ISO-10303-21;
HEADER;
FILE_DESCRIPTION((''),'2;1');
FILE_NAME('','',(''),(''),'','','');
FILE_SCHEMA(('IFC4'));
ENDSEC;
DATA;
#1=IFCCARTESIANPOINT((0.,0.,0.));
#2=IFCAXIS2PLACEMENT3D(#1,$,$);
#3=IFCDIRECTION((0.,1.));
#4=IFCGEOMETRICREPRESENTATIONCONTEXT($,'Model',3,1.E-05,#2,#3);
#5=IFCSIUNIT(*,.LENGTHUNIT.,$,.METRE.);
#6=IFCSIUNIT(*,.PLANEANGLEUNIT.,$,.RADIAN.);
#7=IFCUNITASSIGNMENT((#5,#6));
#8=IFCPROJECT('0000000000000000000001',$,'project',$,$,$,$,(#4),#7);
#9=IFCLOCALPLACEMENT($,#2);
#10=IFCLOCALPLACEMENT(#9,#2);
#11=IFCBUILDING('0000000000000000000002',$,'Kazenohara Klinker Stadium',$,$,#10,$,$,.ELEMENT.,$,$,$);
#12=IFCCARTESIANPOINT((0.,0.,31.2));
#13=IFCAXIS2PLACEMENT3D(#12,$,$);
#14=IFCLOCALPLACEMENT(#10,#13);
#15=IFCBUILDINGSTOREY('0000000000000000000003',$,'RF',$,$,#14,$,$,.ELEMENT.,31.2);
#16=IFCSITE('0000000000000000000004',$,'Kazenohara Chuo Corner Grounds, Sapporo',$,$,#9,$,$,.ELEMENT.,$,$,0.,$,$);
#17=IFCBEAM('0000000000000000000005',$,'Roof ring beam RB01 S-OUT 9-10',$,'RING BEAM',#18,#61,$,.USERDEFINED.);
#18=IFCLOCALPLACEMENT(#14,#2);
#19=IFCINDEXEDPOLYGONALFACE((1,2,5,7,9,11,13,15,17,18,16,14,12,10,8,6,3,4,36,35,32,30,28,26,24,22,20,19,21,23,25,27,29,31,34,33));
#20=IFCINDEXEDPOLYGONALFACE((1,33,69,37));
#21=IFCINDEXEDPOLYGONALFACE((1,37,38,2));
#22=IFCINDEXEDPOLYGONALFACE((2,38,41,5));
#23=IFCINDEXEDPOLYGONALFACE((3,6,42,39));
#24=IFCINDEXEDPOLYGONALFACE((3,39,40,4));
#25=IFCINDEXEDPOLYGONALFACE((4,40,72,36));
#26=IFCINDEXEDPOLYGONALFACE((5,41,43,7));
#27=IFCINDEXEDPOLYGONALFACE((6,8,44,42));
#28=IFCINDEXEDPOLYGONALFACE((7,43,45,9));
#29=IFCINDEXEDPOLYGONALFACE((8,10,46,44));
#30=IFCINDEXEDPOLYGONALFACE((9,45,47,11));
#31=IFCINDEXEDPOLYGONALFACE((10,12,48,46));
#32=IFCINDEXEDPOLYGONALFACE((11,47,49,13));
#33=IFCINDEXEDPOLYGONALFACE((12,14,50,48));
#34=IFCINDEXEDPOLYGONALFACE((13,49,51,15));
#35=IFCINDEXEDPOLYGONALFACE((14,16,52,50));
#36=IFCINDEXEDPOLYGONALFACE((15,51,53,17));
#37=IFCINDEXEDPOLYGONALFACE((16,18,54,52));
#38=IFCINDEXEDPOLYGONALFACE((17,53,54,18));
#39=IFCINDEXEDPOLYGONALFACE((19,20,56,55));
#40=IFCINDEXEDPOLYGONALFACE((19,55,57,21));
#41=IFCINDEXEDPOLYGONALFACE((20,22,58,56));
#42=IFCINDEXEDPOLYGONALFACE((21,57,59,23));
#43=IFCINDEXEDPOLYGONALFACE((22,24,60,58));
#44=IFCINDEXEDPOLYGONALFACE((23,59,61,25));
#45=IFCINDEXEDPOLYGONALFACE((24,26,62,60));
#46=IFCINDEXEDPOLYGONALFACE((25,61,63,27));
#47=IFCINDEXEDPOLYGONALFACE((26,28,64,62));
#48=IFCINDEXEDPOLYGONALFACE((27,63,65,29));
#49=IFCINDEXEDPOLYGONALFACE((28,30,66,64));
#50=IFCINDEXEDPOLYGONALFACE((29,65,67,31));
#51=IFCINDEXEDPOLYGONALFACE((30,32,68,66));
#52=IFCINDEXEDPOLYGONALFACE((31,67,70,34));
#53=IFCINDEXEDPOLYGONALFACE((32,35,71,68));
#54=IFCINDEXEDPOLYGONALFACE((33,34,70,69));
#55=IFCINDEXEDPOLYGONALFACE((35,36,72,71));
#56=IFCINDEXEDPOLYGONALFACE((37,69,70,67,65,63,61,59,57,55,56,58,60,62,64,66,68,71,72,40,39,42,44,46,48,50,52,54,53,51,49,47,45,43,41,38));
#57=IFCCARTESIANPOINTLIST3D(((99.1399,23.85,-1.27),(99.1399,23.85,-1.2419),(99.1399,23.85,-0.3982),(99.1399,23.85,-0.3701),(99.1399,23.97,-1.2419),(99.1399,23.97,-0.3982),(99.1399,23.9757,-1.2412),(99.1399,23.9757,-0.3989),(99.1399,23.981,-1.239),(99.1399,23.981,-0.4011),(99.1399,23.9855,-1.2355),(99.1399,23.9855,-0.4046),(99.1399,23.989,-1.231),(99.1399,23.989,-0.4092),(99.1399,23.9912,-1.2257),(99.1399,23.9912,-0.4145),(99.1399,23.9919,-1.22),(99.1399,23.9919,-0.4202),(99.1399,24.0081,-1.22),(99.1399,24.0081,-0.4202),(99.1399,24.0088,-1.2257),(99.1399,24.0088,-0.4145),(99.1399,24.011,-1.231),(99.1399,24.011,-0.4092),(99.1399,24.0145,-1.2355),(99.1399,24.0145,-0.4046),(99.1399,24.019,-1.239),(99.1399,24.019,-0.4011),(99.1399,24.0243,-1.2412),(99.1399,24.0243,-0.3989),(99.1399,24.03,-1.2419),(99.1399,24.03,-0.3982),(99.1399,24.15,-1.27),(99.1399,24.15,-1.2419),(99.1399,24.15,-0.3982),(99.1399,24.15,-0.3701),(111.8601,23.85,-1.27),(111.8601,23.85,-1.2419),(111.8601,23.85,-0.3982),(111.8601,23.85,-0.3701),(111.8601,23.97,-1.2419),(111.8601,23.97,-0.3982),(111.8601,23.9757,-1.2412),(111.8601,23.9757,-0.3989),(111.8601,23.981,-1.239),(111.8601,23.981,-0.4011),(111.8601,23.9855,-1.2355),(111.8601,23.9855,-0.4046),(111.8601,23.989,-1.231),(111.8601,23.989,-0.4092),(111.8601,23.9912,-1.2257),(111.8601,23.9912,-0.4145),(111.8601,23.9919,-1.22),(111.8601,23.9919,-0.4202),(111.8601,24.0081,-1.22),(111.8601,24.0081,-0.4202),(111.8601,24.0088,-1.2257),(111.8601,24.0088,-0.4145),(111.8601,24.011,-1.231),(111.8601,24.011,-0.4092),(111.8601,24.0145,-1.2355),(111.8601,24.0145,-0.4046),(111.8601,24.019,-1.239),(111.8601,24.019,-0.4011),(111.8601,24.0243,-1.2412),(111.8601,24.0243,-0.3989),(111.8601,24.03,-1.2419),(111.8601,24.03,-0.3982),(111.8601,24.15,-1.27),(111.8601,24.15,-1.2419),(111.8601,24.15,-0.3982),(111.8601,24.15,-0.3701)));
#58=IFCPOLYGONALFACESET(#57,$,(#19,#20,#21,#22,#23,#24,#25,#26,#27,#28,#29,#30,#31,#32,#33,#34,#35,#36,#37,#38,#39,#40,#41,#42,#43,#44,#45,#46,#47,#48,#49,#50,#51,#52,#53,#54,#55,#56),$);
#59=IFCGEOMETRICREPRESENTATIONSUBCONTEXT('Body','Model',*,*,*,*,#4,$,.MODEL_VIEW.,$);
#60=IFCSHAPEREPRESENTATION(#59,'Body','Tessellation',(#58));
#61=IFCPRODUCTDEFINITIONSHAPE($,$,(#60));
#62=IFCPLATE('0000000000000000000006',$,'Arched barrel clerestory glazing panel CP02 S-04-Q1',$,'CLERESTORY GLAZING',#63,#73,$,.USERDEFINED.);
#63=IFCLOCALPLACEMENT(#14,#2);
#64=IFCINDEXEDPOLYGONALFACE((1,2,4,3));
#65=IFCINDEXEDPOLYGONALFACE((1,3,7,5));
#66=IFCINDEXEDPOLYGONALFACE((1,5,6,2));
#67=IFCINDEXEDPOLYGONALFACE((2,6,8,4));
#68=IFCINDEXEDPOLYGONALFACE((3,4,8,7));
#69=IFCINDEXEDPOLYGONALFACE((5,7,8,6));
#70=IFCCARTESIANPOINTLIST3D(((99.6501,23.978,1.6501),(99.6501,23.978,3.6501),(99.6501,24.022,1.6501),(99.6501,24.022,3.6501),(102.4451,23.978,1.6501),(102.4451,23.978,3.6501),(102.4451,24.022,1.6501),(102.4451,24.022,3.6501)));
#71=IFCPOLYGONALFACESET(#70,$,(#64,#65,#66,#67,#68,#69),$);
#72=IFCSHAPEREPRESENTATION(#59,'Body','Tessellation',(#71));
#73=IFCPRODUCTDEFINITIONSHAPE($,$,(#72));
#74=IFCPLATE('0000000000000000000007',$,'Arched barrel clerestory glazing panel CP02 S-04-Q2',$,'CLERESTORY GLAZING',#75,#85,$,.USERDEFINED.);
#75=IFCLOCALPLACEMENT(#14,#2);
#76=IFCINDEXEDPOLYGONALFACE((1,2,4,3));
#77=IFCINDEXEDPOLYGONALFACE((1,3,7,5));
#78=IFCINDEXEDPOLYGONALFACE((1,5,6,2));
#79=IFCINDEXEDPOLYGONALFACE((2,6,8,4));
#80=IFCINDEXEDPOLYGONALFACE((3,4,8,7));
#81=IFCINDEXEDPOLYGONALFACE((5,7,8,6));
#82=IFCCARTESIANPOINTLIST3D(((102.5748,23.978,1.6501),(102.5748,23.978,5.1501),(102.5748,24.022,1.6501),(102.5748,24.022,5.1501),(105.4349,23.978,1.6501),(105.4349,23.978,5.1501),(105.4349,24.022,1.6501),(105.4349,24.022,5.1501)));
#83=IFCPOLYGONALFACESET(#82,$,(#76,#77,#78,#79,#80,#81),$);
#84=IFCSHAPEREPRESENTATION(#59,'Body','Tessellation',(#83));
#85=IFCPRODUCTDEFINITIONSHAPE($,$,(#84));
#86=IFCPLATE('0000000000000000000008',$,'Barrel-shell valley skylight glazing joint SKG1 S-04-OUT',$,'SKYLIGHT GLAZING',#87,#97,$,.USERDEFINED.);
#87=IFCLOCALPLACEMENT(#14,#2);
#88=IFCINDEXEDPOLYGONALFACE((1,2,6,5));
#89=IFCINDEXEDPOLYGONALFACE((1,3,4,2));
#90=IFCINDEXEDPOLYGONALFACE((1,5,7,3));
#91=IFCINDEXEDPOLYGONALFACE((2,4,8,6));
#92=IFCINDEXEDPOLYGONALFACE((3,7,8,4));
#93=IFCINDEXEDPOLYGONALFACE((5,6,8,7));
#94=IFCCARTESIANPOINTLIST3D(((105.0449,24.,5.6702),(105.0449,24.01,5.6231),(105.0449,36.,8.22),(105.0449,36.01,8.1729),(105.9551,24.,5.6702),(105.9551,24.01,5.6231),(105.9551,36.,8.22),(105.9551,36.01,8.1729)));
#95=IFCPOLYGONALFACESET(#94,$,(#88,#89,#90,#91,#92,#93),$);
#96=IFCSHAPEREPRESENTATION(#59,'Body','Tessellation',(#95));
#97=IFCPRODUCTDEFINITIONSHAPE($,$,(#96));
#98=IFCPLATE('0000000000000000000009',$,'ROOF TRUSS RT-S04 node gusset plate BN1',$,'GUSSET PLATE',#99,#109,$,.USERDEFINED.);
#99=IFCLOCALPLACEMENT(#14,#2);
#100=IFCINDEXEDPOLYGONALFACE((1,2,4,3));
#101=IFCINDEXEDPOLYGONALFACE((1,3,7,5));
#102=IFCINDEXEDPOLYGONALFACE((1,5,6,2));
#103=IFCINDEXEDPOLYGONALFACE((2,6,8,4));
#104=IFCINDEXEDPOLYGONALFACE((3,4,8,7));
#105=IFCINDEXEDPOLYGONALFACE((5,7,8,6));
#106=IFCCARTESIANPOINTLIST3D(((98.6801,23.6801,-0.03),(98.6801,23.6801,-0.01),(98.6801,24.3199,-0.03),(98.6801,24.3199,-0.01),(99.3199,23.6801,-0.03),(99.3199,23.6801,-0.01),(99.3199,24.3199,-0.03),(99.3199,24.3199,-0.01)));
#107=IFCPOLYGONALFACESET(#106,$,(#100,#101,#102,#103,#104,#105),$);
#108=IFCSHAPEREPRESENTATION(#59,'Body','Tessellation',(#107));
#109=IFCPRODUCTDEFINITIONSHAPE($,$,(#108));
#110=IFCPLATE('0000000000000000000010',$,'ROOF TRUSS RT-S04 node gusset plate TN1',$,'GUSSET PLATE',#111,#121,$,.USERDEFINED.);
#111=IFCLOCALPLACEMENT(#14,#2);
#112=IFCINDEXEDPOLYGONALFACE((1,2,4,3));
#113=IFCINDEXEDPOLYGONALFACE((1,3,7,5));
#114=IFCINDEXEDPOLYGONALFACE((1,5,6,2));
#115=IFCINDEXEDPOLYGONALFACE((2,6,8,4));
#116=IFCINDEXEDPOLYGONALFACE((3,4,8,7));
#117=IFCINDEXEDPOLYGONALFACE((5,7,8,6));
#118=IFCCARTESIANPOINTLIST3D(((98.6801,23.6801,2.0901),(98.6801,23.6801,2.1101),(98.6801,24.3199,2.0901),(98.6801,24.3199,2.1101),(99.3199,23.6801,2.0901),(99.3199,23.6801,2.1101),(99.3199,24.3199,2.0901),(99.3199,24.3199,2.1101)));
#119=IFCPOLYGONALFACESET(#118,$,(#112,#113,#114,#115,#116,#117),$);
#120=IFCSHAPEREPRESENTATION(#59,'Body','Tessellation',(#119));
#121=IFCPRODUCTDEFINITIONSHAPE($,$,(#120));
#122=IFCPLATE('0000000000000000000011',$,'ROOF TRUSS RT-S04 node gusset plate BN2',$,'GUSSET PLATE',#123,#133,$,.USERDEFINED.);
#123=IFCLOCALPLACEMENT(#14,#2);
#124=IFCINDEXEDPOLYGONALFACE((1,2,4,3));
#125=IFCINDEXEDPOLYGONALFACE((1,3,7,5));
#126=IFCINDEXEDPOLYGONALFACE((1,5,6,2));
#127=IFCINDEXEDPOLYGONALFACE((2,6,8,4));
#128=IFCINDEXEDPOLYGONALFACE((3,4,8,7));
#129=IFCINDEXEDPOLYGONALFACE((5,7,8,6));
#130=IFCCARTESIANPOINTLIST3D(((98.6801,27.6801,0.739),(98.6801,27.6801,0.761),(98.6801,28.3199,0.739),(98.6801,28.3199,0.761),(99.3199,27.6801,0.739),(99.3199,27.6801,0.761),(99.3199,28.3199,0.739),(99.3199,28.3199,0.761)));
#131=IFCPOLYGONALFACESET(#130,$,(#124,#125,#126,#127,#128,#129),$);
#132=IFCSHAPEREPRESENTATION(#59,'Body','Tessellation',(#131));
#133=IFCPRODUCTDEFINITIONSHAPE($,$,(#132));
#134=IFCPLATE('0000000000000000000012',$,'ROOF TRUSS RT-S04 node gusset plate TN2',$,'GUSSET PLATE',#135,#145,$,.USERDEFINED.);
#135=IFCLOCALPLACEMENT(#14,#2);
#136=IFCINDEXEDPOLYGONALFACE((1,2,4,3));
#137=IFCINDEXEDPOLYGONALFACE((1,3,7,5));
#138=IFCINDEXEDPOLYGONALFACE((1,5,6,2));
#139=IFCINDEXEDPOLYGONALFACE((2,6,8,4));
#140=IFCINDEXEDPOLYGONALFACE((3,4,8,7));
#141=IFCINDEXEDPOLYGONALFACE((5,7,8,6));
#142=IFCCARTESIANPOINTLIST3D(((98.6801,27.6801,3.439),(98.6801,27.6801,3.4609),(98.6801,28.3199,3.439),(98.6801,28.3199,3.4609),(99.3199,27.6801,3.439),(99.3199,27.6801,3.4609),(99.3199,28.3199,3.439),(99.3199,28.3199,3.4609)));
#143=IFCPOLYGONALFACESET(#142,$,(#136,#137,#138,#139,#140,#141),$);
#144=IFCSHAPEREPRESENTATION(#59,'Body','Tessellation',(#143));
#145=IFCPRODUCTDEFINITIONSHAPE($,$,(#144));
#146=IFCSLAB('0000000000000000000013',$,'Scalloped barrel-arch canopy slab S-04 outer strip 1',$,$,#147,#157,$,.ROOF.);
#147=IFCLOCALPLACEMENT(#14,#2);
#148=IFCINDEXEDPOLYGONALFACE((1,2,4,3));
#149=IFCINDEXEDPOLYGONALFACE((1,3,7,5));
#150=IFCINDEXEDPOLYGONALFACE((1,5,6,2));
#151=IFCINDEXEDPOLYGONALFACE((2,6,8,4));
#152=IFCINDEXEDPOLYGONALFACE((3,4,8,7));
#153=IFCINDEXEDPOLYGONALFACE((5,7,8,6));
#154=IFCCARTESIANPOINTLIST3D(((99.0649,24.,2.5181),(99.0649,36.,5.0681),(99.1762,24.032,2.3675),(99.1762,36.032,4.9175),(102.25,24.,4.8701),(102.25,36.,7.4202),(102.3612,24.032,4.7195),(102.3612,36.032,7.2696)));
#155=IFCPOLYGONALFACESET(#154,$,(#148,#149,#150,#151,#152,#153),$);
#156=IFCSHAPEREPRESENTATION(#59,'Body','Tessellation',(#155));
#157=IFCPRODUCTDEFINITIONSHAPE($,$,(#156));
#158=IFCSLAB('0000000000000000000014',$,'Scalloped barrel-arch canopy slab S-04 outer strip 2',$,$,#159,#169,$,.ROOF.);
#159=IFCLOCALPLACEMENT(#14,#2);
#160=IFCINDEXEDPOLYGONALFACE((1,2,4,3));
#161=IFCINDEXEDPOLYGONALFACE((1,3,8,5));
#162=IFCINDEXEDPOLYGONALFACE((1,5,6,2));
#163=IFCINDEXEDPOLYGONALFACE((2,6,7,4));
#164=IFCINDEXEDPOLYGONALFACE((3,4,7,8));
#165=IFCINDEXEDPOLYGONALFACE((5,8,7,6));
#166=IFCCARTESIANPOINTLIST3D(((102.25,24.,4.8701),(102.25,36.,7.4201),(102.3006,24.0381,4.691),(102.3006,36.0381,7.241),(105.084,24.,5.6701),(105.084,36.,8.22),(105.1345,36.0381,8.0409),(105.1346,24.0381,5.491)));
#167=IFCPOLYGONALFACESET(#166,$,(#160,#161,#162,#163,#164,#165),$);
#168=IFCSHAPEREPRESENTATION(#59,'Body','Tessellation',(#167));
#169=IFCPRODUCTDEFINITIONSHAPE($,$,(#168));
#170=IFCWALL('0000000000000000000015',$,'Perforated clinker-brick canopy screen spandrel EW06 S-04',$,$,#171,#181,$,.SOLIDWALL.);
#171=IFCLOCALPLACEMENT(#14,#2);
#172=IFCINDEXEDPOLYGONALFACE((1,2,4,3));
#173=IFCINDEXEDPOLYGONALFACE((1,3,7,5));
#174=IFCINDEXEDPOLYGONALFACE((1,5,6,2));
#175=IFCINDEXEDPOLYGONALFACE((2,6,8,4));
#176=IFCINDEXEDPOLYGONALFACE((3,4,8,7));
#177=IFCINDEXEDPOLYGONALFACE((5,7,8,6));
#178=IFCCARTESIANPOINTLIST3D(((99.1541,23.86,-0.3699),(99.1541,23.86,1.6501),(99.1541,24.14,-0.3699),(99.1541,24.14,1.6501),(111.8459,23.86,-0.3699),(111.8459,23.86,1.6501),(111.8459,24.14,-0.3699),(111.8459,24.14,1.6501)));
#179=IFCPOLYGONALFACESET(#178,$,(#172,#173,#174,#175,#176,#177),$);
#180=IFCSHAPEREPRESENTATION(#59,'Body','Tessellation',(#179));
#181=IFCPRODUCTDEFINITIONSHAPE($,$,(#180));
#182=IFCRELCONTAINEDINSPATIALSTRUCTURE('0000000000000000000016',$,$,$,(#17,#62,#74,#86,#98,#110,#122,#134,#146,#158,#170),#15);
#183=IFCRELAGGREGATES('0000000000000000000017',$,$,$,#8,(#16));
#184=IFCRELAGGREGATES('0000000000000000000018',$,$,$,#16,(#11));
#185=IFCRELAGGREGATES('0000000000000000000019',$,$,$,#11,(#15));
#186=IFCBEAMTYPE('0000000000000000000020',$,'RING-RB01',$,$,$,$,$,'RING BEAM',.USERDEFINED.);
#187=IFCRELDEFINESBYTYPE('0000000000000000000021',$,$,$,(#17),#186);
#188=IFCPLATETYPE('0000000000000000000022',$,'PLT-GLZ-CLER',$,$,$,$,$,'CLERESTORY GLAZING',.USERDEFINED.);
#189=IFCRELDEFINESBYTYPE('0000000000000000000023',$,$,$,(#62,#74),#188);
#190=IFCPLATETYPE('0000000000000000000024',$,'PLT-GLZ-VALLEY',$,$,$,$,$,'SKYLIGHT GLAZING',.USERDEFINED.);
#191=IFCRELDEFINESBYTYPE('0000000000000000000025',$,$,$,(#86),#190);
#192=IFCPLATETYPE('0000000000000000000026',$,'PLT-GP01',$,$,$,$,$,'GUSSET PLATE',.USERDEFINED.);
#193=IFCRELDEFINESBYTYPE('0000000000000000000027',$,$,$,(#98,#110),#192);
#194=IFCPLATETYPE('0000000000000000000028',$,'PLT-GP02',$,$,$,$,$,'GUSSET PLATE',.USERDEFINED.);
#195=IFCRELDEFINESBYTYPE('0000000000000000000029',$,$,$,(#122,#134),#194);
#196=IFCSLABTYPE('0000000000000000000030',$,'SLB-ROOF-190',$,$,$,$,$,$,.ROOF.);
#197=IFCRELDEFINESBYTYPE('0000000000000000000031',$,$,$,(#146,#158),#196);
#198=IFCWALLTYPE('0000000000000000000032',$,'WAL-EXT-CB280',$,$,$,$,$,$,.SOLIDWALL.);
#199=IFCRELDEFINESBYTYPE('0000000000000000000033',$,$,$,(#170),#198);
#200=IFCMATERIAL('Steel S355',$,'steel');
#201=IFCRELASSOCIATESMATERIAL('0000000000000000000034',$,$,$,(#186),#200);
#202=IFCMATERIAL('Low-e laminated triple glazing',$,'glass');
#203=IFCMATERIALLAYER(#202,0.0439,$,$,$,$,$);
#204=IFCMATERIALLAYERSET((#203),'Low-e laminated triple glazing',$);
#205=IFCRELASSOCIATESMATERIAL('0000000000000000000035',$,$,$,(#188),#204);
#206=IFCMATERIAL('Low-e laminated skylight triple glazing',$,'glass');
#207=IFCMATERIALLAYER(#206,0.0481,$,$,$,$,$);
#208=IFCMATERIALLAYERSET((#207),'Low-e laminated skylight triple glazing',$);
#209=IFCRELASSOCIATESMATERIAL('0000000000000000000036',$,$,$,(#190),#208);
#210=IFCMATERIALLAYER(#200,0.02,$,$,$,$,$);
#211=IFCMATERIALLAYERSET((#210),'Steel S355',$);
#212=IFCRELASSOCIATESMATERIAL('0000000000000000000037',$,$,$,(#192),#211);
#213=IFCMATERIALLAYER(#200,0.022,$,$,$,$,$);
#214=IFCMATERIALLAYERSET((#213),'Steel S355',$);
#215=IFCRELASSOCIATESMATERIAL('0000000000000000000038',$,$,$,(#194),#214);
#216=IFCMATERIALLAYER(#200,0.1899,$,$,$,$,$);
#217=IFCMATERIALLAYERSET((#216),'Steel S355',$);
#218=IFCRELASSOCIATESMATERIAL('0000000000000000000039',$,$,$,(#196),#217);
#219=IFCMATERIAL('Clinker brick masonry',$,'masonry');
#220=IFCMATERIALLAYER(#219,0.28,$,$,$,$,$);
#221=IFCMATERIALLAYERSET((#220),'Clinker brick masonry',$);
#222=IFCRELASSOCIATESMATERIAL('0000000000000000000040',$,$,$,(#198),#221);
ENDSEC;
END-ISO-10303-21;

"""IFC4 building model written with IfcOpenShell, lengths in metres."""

from ifc_helpers import new_model, si_unit, direction, frame, frame_2d, origin, origin_2d, place, context, subcontext, project, spatial, polyline, rectangle, i_section, outline, extrude, material, layer, layer_set, material_profile, profile_set, type_object, element, save


model = new_model("IFC4")

# Units and contexts
model_context = context("Model", 3, precision=1e-05, world=origin(), true_north=direction((0.0, 1.0)))
body_context = subcontext(model_context, "Body", "Model", "MODEL_VIEW")
ifc_project = project(units=[si_unit("LENGTHUNIT", "METRE"), si_unit("PLANEANGLEUNIT", "RADIAN")], contexts=[model_context])

# Site, building, storey
site_placement = place(None, origin())
site = spatial("IfcSite", under=ifc_project, at=site_placement, Name="Kazenohara Chuo Corner Grounds, Sapporo", CompositionType="ELEMENT", RefElevation=0.0)
building_placement = place(site_placement, origin())
building = spatial("IfcBuilding", under=site, at=building_placement, Name="Kazenohara Klinker Stadium", CompositionType="ELEMENT")
storey_placement = place(building_placement, frame((0.0, 0.0, 31.2)))
storey = spatial("IfcBuildingStorey", under=building, at=storey_placement, Name="RF", CompositionType="ELEMENT", Elevation=31.2)

# Shared definitions
ifc_material_1 = material(Name="Steel S355", Category="steel")

# Beam
ifc_material_profile_1 = material_profile(ifc_material_1, i_section(OverallWidth=0.3, OverallDepth=0.8999, WebThickness=0.0161, FlangeThickness=0.0281, FilletRadius=0.022, at=origin_2d()), Name="H-900x300x16x28")
ifc_profile_set_1 = profile_set([ifc_material_profile_1], Name="Steel S355")
beam_type = type_object("IfcBeamType", Name="RING-RB01", ElementType="RING BEAM", PredefinedType="USERDEFINED", material=ifc_profile_set_1)
beam_placement = place(storey_placement, frame((99.1399, 24.0, -0.8201), z_axis=(1.0, 0.0, 0.0), x_axis=(0.0, 1.0, 0.0)))
element("IfcBeam", 1, at=beam_placement, inside=storey, type_object=beam_type, Name="Roof ring beam RB01 S-OUT 9-10", ObjectType="RING BEAM", PredefinedType="USERDEFINED", context=body_context, shape_type="SweptSolid", body=[
    extrude(i_section(OverallWidth=0.3, OverallDepth=0.8999, WebThickness=0.0161, FlangeThickness=0.0281, FilletRadius=0.022, at=origin_2d()), origin(), (0.0, 0.0, 1.0), 12.7202),
])

# Plates
ifc_material_2 = material(Name="Low-e laminated triple glazing", Category="glass")
ifc_layer_1 = layer(ifc_material_2, 0.0439)
ifc_layer_set_1 = layer_set([ifc_layer_1], Name="Low-e laminated triple glazing")
plate_type_1 = type_object("IfcPlateType", Name="PLT-GLZ-CLER", ElementType="CLERESTORY GLAZING", PredefinedType="USERDEFINED", material=ifc_layer_set_1)
plate_1_placement = place(storey_placement, frame((101.0476, 24.0, 1.6501), z_axis=(0.0, 0.0, 1.0), x_axis=(1.0, 0.0, 0.0)))
element("IfcPlate", 2, at=plate_1_placement, inside=storey, type_object=plate_type_1, Name="Arched barrel clerestory glazing panel CP02 S-04-Q1", ObjectType="CLERESTORY GLAZING", PredefinedType="USERDEFINED", context=body_context, shape_type="SweptSolid", body=[
    extrude(rectangle(XDim=2.7949, YDim=0.0439, at=origin_2d()), origin(), (0.0, 0.0, 1.0), 2.0),
])
plate_2_placement = place(storey_placement, frame((104.0049, 24.0, 1.6501), z_axis=(0.0, 0.0, 1.0), x_axis=(1.0, 0.0, 0.0)))
element("IfcPlate", 3, at=plate_2_placement, inside=storey, type_object=plate_type_1, Name="Arched barrel clerestory glazing panel CP02 S-04-Q2", ObjectType="CLERESTORY GLAZING", PredefinedType="USERDEFINED", context=body_context, shape_type="SweptSolid", body=[
    extrude(rectangle(XDim=2.8601, YDim=0.0439, at=origin_2d()), origin(), (0.0, 0.0, 1.0), 3.5),
])
ifc_material_3 = material(Name="Low-e laminated skylight triple glazing", Category="glass")
ifc_layer_2 = layer(ifc_material_3, 0.0481)
ifc_layer_set_2 = layer_set([ifc_layer_2], Name="Low-e laminated skylight triple glazing")
plate_type_2 = type_object("IfcPlateType", Name="PLT-GLZ-VALLEY", ElementType="SKYLIGHT GLAZING", PredefinedType="USERDEFINED", material=ifc_layer_set_2)
plate_3_placement = place(storey_placement, frame((105.0449, 24.0, 5.6702), z_axis=(0.0, -0.207844, 0.978162), x_axis=(0.0, 0.978162, 0.207844)))
element("IfcPlate", 4, at=plate_3_placement, inside=storey, type_object=plate_type_2, Name="Barrel-shell valley skylight glazing joint SKG1 S-04-OUT", ObjectType="SKYLIGHT GLAZING", PredefinedType="USERDEFINED", context=body_context, shape_type="SweptSolid", body=[
    extrude(outline(polyline([(0.0, 0.0), (12.2679, 0.0), (12.2679, -0.9102), (0.0, -0.9102), (0.0, 0.0)])), origin(), (0.0, 0.0, -1.0), 0.0481),
])
ifc_layer_3 = layer(ifc_material_1, 0.02)
ifc_layer_set_3 = layer_set([ifc_layer_3], Name="Steel S355")
plate_type_3 = type_object("IfcPlateType", Name="PLT-GP01", ElementType="GUSSET PLATE", PredefinedType="USERDEFINED", material=ifc_layer_set_3)
for number, where, z_axis, x_axis, name in (
    (5, (99.0, 24.0, -0.03), (0.0, 0.0, 1.0), (1.0, 0.0, 0.0), "ROOF TRUSS RT-S04 node gusset plate BN1"),
    (6, (99.0, 24.0, 2.0901), (0.0, 0.0, 1.0), (1.0, 0.0, 0.0), "ROOF TRUSS RT-S04 node gusset plate TN1"),
):
    element("IfcPlate", number, at=place(storey_placement, frame(where, z_axis=z_axis, x_axis=x_axis)), inside=storey, type_object=plate_type_3, Name=name, ObjectType="GUSSET PLATE", PredefinedType="USERDEFINED", context=body_context, shape_type="SweptSolid", body=[
        extrude(rectangle(XDim=0.6399, YDim=0.6399, at=origin_2d()), origin(), (0.0, 0.0, 1.0), 0.02),
    ])
ifc_layer_4 = layer(ifc_material_1, 0.022)
ifc_layer_set_4 = layer_set([ifc_layer_4], Name="Steel S355")
plate_type_4 = type_object("IfcPlateType", Name="PLT-GP02", ElementType="GUSSET PLATE", PredefinedType="USERDEFINED", material=ifc_layer_set_4)
for number, where, z_axis, x_axis, name in (
    (7, (99.0, 28.0, 0.739), (0.0, 0.0, 1.0), (1.0, 0.0, 0.0), "ROOF TRUSS RT-S04 node gusset plate BN2"),
    (8, (99.0, 28.0, 3.439), (0.0, 0.0, 1.0), (1.0, 0.0, 0.0), "ROOF TRUSS RT-S04 node gusset plate TN2"),
):
    element("IfcPlate", number, at=place(storey_placement, frame(where, z_axis=z_axis, x_axis=x_axis)), inside=storey, type_object=plate_type_4, Name=name, ObjectType="GUSSET PLATE", PredefinedType="USERDEFINED", context=body_context, shape_type="SweptSolid", body=[
        extrude(rectangle(XDim=0.6399, YDim=0.6399, at=origin_2d()), origin(), (0.0, 0.0, 1.0), 0.022),
    ])

# Slabs
ifc_layer_5 = layer(ifc_material_1, 0.1899)
ifc_layer_set_5 = layer_set([ifc_layer_5], Name="Steel S355")
slab_type = type_object("IfcSlabType", Name="SLB-ROOF-190", PredefinedType="ROOF", material=ifc_layer_set_5)
slab_1_placement = place(storey_placement, frame((99.0649, 24.0, 2.5181), z_axis=(-0.58555, -0.168501, 0.79293), x_axis=(0.0, 0.978158, 0.207863)))
element("IfcSlab", 9, at=slab_1_placement, inside=storey, type_object=slab_type, Name="Scalloped barrel-arch canopy slab S-04 outer strip 1", PredefinedType="ROOF", context=body_context, shape_type="SweptSolid", body=[
    extrude(outline(polyline([(0.0, 0.0), (12.268, 0.0), (12.7569, -3.9291), (0.4889, -3.9291), (0.0, 0.0)])), origin(), (0.0, 0.0, -1.0), 0.1899),
])
slab_2_placement = place(storey_placement, frame((102.25, 24.0, 4.8701), z_axis=(-0.26614, -0.200357, 0.942882), x_axis=(0.000002, 0.97816, 0.207854)))
element("IfcSlab", 10, at=slab_2_placement, inside=storey, type_object=slab_type, Name="Scalloped barrel-arch canopy slab S-04 outer strip 2", PredefinedType="ROOF", context=body_context, shape_type="SweptSolid", body=[
    extrude(outline(polyline([(0.0, 0.0), (12.268, 0.0), (12.4342, -2.94), (0.1663, -2.94), (0.0, 0.0)])), origin(), (0.0, 0.0, -1.0), 0.1899),
])

# Wall
ifc_material_4 = material(Name="Clinker brick masonry", Category="masonry")
ifc_layer_6 = layer(ifc_material_4, 0.28)
ifc_layer_set_6 = layer_set([ifc_layer_6], Name="Clinker brick masonry")
wall_type = type_object("IfcWallType", Name="WAL-EXT-CB280", PredefinedType="SOLIDWALL", material=ifc_layer_set_6)
wall_placement = place(storey_placement, frame((99.1541, 24.0, -0.3699), z_axis=(0.0, 0.0, 1.0), x_axis=(1.0, 0.0, 0.0)))
element("IfcWall", 11, at=wall_placement, inside=storey, type_object=wall_type, Name="Perforated clinker-brick canopy screen spandrel EW06 S-04", PredefinedType="SOLIDWALL", context=body_context, shape_type="SweptSolid", body=[
    extrude(rectangle(XDim=12.6919, YDim=0.28, at=frame_2d((6.3459, 0.0))), origin(), (0.0, 0.0, 1.0), 2.02),
])

save(model, "model.ifc")
